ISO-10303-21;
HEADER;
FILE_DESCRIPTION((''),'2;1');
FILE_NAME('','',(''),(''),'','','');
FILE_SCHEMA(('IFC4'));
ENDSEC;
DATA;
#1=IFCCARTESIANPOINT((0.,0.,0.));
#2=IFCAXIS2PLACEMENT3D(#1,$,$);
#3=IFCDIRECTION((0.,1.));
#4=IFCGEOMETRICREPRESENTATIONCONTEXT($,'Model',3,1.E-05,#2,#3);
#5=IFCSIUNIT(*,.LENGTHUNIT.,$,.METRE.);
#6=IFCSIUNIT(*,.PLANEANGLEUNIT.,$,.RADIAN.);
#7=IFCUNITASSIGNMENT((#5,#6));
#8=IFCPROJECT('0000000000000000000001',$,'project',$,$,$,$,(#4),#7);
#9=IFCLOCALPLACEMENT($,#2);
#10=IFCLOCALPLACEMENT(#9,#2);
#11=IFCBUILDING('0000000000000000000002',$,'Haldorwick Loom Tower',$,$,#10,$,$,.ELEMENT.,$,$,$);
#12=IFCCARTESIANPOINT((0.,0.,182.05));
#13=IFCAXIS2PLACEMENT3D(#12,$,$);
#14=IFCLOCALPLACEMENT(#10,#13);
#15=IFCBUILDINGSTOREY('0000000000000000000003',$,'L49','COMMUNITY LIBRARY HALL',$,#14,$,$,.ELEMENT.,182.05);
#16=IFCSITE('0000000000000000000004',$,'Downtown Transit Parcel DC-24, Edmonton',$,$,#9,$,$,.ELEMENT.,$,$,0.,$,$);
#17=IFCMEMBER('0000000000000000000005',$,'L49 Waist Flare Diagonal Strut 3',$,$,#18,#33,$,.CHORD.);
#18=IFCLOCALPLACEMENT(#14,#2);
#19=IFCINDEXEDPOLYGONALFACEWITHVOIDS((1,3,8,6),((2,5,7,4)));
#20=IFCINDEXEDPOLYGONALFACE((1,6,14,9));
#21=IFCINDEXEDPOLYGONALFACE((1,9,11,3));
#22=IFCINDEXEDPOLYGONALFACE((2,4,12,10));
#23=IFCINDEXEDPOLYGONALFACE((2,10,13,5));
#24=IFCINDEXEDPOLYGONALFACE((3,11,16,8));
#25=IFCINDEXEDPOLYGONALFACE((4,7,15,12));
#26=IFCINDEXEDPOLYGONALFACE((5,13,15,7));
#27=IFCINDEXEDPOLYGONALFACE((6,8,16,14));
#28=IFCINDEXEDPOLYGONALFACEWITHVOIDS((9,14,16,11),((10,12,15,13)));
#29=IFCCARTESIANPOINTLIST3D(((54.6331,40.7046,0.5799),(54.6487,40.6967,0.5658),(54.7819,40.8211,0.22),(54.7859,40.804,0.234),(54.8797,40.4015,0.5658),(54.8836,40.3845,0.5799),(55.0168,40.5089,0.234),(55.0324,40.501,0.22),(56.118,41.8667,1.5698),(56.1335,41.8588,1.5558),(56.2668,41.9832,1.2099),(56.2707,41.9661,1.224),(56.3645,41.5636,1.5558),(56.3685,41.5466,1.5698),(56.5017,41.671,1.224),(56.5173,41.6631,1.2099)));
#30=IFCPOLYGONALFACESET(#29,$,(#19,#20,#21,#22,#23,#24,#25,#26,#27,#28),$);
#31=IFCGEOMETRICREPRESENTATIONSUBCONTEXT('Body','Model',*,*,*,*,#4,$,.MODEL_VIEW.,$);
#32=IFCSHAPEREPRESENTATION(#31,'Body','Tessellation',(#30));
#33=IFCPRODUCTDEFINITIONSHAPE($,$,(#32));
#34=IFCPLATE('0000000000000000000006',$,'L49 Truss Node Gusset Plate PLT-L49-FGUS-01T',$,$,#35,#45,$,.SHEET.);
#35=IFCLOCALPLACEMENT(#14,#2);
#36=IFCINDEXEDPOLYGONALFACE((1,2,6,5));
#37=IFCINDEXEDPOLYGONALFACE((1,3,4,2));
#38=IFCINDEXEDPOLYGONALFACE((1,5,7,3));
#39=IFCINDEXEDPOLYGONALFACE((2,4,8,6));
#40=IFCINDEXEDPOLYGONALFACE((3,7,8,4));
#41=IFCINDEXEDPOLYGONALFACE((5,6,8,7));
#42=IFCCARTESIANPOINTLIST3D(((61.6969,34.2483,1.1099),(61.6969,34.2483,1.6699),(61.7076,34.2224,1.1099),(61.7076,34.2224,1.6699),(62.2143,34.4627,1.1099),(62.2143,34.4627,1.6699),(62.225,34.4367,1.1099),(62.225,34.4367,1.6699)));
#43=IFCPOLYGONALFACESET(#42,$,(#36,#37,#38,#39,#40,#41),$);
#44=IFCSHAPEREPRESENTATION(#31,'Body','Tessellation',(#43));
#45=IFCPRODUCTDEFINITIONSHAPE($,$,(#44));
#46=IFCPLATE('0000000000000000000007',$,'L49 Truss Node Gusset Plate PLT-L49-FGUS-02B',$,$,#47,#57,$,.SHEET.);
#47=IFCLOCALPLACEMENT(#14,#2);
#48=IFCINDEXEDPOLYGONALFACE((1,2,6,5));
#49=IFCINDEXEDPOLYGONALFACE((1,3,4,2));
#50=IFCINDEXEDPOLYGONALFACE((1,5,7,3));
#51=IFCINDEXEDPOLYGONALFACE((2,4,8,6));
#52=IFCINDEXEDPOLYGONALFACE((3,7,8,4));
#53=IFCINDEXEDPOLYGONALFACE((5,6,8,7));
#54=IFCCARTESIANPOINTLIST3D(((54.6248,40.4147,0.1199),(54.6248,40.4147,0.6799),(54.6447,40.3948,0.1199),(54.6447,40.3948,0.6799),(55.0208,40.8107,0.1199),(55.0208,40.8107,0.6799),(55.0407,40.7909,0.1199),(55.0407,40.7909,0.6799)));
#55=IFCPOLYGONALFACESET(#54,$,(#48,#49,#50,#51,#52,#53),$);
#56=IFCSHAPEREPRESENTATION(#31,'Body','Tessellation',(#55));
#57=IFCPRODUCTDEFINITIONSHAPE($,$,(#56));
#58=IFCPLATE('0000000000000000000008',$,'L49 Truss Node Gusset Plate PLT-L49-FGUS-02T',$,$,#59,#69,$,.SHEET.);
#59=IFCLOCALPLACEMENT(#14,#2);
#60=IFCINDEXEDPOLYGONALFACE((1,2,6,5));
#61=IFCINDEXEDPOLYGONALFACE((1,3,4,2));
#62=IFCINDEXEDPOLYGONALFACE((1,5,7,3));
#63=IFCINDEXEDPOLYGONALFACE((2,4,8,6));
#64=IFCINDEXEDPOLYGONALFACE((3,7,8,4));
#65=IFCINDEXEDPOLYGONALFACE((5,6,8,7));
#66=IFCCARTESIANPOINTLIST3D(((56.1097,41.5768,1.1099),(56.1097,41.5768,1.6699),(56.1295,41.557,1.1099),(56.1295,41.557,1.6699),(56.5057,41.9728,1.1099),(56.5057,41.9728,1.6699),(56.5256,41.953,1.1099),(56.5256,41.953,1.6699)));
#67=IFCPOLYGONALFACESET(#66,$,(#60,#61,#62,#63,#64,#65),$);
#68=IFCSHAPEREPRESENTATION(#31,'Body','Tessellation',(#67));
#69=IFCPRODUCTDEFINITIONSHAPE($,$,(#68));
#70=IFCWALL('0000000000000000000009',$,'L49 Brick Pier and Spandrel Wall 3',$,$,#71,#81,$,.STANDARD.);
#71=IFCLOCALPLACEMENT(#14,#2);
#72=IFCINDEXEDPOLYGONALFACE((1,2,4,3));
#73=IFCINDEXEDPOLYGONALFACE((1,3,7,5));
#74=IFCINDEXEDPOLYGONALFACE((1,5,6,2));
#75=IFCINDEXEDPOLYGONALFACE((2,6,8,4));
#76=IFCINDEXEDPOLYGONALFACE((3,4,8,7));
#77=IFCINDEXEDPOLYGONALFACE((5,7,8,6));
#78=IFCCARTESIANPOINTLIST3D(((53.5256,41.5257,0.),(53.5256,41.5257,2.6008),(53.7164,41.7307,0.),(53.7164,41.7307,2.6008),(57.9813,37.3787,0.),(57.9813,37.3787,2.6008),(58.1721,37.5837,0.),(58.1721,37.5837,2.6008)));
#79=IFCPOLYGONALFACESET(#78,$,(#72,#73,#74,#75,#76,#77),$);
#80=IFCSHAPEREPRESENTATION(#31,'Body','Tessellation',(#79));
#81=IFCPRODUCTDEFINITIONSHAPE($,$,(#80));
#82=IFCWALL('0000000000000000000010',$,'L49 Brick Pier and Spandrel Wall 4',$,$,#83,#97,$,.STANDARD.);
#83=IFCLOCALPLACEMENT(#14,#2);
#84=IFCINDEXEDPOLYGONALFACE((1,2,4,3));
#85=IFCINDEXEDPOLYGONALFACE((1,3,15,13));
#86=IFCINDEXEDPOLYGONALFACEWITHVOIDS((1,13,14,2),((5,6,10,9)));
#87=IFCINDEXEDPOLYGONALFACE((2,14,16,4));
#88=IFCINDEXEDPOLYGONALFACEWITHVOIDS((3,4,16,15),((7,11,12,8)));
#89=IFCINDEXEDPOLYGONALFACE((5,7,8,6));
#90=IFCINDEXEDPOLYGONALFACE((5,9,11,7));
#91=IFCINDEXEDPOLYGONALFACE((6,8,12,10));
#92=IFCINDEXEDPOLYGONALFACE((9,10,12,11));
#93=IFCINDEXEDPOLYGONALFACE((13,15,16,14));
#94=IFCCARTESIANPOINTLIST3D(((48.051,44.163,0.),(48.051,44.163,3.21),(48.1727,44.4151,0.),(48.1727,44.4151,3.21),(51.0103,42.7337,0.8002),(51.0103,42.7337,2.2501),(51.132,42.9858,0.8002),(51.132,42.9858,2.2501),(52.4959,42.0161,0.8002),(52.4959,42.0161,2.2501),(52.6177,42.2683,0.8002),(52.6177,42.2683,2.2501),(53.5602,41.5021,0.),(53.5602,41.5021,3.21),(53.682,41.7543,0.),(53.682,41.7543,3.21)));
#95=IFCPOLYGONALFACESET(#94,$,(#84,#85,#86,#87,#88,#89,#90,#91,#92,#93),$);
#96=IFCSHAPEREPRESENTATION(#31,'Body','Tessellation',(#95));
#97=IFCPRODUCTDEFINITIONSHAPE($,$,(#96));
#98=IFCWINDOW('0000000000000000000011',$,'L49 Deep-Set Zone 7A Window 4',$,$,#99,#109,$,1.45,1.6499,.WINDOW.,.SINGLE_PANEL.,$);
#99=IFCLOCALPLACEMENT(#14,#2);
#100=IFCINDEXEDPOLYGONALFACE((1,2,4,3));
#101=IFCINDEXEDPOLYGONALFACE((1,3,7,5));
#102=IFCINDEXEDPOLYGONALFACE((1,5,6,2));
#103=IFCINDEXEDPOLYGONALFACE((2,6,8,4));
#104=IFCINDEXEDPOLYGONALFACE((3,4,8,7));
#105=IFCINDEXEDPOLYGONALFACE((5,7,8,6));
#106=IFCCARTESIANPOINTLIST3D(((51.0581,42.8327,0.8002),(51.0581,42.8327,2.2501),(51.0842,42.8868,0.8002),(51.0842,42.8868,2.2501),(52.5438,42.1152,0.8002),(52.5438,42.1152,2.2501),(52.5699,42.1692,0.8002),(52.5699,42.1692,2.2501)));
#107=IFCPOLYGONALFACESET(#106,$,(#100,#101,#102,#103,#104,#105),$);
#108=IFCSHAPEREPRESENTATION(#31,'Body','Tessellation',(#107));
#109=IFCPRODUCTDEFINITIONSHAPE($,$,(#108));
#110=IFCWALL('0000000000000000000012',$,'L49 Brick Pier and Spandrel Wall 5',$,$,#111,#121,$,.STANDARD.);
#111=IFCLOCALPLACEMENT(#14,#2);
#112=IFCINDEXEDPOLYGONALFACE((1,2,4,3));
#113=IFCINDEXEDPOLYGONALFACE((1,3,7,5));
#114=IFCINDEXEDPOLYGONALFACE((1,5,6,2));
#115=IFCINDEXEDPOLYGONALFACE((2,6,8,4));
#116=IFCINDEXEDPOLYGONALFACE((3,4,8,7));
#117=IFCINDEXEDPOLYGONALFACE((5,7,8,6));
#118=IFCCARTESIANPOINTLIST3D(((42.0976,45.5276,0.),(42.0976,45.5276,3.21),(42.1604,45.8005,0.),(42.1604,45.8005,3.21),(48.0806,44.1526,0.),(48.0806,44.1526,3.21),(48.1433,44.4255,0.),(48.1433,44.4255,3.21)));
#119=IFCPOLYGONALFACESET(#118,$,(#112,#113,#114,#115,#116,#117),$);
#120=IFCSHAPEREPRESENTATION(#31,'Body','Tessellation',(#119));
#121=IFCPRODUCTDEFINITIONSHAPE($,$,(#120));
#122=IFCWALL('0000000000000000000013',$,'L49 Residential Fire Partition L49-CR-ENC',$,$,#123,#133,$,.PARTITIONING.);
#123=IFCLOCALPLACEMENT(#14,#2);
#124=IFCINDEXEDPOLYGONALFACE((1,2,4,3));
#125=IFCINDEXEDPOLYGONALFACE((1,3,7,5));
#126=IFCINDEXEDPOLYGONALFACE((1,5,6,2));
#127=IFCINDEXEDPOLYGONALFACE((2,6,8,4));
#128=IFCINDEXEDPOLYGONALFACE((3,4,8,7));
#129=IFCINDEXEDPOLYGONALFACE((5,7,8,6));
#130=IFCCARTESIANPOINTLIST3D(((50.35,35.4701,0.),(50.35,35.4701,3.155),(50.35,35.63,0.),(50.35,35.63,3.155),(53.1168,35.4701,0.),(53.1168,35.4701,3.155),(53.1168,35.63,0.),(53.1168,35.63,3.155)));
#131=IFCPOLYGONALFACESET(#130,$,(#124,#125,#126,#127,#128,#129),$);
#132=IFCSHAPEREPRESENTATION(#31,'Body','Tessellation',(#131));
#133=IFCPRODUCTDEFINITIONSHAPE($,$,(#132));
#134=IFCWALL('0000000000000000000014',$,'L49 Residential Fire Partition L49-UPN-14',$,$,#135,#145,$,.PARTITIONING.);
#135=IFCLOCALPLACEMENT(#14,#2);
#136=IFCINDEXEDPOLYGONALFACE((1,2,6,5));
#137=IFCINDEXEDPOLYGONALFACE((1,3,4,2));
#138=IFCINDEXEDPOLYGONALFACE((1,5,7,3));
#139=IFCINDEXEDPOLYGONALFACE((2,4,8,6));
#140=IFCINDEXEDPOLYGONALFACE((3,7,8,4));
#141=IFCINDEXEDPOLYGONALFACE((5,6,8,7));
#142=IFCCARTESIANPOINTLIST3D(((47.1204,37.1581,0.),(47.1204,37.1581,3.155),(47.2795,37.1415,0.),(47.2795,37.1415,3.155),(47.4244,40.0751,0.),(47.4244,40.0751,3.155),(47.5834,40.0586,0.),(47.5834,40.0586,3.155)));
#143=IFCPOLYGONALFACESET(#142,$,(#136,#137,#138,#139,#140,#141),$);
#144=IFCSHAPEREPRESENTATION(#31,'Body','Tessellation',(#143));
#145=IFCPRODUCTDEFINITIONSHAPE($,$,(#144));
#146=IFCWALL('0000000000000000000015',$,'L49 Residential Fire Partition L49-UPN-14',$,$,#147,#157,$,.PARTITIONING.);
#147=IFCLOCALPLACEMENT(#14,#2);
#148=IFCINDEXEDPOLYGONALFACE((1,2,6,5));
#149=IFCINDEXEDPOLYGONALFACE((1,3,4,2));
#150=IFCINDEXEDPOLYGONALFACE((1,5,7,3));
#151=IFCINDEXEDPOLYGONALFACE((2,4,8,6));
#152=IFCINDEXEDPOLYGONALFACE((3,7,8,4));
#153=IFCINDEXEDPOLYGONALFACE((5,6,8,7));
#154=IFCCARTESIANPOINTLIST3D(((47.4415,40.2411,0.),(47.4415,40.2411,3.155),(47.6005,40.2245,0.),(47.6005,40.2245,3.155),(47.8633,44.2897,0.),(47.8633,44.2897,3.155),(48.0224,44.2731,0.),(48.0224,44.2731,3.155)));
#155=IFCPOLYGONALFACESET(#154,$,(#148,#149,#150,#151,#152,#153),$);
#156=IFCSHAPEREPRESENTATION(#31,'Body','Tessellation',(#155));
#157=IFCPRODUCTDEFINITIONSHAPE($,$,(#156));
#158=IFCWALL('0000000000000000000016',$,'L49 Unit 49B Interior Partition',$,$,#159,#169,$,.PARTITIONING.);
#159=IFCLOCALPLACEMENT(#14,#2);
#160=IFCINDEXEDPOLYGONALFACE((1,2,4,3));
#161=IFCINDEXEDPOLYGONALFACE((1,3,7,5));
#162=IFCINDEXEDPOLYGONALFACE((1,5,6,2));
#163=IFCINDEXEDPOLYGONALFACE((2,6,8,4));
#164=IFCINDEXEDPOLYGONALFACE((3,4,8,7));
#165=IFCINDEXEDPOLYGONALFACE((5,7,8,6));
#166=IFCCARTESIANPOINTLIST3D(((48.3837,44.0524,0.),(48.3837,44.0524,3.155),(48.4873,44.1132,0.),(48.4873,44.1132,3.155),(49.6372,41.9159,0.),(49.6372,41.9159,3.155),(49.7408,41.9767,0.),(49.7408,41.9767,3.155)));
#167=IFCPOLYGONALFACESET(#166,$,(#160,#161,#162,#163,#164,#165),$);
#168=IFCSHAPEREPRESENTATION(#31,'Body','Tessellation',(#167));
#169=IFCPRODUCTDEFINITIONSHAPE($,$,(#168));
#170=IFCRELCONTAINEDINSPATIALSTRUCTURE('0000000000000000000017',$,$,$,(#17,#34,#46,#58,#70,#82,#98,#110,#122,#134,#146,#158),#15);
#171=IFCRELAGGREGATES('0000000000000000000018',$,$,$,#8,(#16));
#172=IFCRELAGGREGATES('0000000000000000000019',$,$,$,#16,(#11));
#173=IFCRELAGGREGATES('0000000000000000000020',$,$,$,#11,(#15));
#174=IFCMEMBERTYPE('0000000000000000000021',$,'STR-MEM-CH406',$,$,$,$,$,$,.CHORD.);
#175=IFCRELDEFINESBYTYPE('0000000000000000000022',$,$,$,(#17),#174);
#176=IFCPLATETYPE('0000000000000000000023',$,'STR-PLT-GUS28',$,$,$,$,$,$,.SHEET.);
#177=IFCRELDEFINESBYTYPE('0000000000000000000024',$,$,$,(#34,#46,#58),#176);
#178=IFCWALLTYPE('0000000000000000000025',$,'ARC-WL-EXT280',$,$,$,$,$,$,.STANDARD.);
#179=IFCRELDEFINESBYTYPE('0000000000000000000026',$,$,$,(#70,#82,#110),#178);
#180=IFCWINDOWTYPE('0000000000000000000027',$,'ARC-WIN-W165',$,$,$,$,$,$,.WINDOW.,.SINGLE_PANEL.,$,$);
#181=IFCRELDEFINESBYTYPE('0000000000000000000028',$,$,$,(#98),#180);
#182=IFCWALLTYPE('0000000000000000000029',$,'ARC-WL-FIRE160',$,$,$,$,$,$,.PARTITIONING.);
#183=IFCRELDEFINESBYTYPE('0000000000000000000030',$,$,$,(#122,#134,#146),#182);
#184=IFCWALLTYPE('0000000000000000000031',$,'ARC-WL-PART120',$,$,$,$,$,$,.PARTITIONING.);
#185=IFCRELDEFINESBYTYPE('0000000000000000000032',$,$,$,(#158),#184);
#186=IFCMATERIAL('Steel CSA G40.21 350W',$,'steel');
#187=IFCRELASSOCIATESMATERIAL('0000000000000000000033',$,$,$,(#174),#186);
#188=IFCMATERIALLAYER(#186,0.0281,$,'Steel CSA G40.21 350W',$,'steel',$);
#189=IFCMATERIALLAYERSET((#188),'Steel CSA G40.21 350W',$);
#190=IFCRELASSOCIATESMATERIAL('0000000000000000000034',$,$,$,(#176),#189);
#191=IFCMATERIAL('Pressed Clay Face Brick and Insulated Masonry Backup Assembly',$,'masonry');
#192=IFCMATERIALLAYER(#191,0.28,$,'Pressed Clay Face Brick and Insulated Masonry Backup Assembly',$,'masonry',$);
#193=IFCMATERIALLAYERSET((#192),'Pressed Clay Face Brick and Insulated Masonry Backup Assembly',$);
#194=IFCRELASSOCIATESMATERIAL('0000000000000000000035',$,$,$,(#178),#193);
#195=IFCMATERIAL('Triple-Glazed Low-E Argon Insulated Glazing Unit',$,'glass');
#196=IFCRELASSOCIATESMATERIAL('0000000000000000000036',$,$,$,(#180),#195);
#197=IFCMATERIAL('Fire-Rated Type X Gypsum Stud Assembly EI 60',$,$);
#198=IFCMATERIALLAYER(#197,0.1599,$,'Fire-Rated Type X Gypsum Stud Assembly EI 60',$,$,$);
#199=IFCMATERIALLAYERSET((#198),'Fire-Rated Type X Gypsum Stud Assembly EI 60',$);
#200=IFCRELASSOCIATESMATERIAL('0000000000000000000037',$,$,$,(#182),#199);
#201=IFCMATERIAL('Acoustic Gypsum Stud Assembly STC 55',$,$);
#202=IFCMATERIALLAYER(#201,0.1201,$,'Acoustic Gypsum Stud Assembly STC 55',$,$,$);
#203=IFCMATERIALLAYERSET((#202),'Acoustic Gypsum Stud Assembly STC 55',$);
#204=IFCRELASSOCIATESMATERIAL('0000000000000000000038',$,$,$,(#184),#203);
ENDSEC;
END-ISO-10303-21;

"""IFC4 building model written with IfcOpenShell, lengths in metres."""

from ifc_helpers import new_model, si_unit, direction, frame, frame_2d, origin, origin_2d, place, context, subcontext, project, spatial, rectangle, hollow_rectangle, extrude, material, layer, layer_set, material_profile, profile_set, type_object, element, fill, save


model = new_model("IFC4")

# Units and contexts
model_context = context("Model", 3, precision=1e-05, world=origin(), true_north=direction((0.0, 1.0)))
body_context = subcontext(model_context, "Body", "Model", "MODEL_VIEW")
ifc_project = project(units=[si_unit("LENGTHUNIT", "METRE"), si_unit("PLANEANGLEUNIT", "RADIAN")], contexts=[model_context])

# Site, building, storey
site_placement = place(None, origin())
site = spatial("IfcSite", under=ifc_project, at=site_placement, Name="Downtown Transit Parcel DC-24, Edmonton", CompositionType="ELEMENT", RefElevation=0.0)
building_placement = place(site_placement, origin())
building = spatial("IfcBuilding", under=site, at=building_placement, Name="Haldorwick Loom Tower", CompositionType="ELEMENT")
storey_placement = place(building_placement, frame((0.0, 0.0, 182.05)))
storey = spatial("IfcBuildingStorey", under=building, at=storey_placement, Name="L49", Description="COMMUNITY LIBRARY HALL", CompositionType="ELEMENT", Elevation=182.05)

# Shared definitions
ifc_material_1 = material(Name="Steel CSA G40.21 350W", Category="steel")

# Member
ifc_material_profile_1 = material_profile(ifc_material_1, hollow_rectangle(XDim=0.4065, YDim=0.4065, WallThickness=0.0159, at=origin_2d()), Name="HSS406X406X16", Category="steel")
ifc_profile_set_1 = profile_set([ifc_material_profile_1], Name="Steel CSA G40.21 350W")
member_type = type_object("IfcMemberType", Name="STR-MEM-CH406", PredefinedType="CHORD", material=ifc_profile_set_1)
member_placement = place(storey_placement, frame((54.8328, 40.6028, 0.3999), z_axis=(0.697234, 0.545682, 0.464861), x_axis=(-0.616322, 0.787494, 0.0)))
element("IfcMember", 1, at=member_placement, inside=storey, type_object=member_type, Name="L49 Waist Flare Diagonal Strut 3", PredefinedType="CHORD", context=body_context, shape_type="SweptSolid", body=[
    extrude(hollow_rectangle(XDim=0.4065, YDim=0.4065, WallThickness=0.0159, at=origin_2d()), origin(), (0.0, 0.0, 1.0), 2.1296),
])

# Plates
ifc_layer_1 = layer(ifc_material_1, 0.0281, Name="Steel CSA G40.21 350W", Category="steel")
ifc_layer_set_1 = layer_set([ifc_layer_1], Name="Steel CSA G40.21 350W")
plate_type = type_object("IfcPlateType", Name="STR-PLT-GUS28", PredefinedType="SHEET", material=ifc_layer_set_1)
for number, where, z_axis, x_axis, name in (
    (2, (61.9609, 34.3425, 1.1099), (0.0, 0.0, 1.0), (0.92388, 0.382683, 0.0), "L49 Truss Node Gusset Plate PLT-L49-FGUS-01T"),
    (3, (54.8328, 40.6028, 0.1199), (0.0, 0.0, 1.0), (0.707107, 0.707107, 0.0), "L49 Truss Node Gusset Plate PLT-L49-FGUS-02B"),
    (4, (56.3176, 41.7649, 1.1099), (0.0, 0.0, 1.0), (0.707107, 0.707107, 0.0), "L49 Truss Node Gusset Plate PLT-L49-FGUS-02T"),
):
    element("IfcPlate", number, at=place(storey_placement, frame(where, z_axis=z_axis, x_axis=x_axis)), inside=storey, type_object=plate_type, Name=name, PredefinedType="SHEET", context=body_context, shape_type="SweptSolid", body=[
        extrude(rectangle(XDim=0.5601, YDim=0.0281, at=origin_2d()), origin(), (0.0, 0.0, 1.0), 0.5601),
    ])

# Wall
ifc_material_2 = material(Name="Pressed Clay Face Brick and Insulated Masonry Backup Assembly", Category="masonry")
ifc_layer_2 = layer(ifc_material_2, 0.28, Name="Pressed Clay Face Brick and Insulated Masonry Backup Assembly", Category="masonry")
ifc_layer_set_2 = layer_set([ifc_layer_2], Name="Pressed Clay Face Brick and Insulated Masonry Backup Assembly")
wall_type_1 = type_object("IfcWallType", Name="ARC-WL-EXT280", PredefinedType="STANDARD", material=ifc_layer_set_2)
wall_1_placement = place(storey_placement, frame((58.0767, 37.4812, 0.0), z_axis=(0.0, 0.0, 1.0), x_axis=(-0.732002, 0.681303, 0.0)))
element("IfcWall", 5, at=wall_1_placement, inside=storey, type_object=wall_type_1, Name="L49 Brick Pier and Spandrel Wall 3", PredefinedType="STANDARD", context=body_context, shape_type="SweptSolid", body=[
    extrude(rectangle(XDim=6.0869, YDim=0.28, at=frame_2d((3.0435, 0.0))), origin(), (0.0, 0.0, 1.0), 2.6008),
])

# Wall, opening, window
wall_2_placement = place(storey_placement, frame((53.6211, 41.6282, 0.0), z_axis=(0.0, 0.0, 1.0), x_axis=(-0.900472, 0.434913, 0.0)))
wall_2 = element("IfcWall", 6, at=wall_2_placement, inside=storey, type_object=wall_type_1, Name="L49 Brick Pier and Spandrel Wall 4", PredefinedType="STANDARD", context=body_context, shape_type="SweptSolid", body=[
    extrude(rectangle(XDim=6.1182, YDim=0.28, at=frame_2d((3.0591, 0.0))), origin(), (0.0, 0.0, 1.0), 3.21),
])
opening_1_placement = place(wall_2_placement, frame((1.1819, 0.0, 0.8)))
opening_1 = element("IfcOpeningElement", 7, at=opening_1_placement, cuts=wall_2, PredefinedType="OPENING", context=body_context, shape_type="SweptSolid", body=[
    extrude(rectangle(XDim=1.6499, YDim=1.45, at=frame_2d((0.825, 0.7251))), frame((0.0, 0.1499, 0.0), z_axis=(0.0, -1.0, 0.0), x_axis=(1.0, 0.0, 0.0)), (0.0, 0.0, 1.0), 0.3),
])
ifc_material_3 = material(Name="Triple-Glazed Low-E Argon Insulated Glazing Unit", Category="glass")
window_type = type_object("IfcWindowType", Name="ARC-WIN-W165", PartitioningType="SINGLE_PANEL", PredefinedType="WINDOW", material=ifc_material_3)
window_placement = place(opening_1_placement, origin())
window = element("IfcWindow", 8, at=window_placement, inside=storey, type_object=window_type, Name="L49 Deep-Set Zone 7A Window 4", OverallHeight=1.45, OverallWidth=1.6499, PartitioningType="SINGLE_PANEL", PredefinedType="WINDOW", context=body_context, shape_type="SweptSolid", body=[
    extrude(rectangle(XDim=1.6499, YDim=1.45, at=frame_2d((0.825, 0.7251))), frame((0.0, 0.03, 0.0), z_axis=(0.0, -1.0, 0.0), x_axis=(1.0, 0.0, 0.0)), (0.0, 0.0, 1.0), 0.0601),
])
fill(opening_1, window)

# Walls
wall_3_placement = place(storey_placement, frame((48.1118, 44.2891, 0.0), z_axis=(0.0, 0.0, 1.0), x_axis=(-0.974593, 0.223982, 0.0)))
element("IfcWall", 9, at=wall_3_placement, inside=storey, type_object=wall_type_1, Name="L49 Brick Pier and Spandrel Wall 5", PredefinedType="STANDARD", context=body_context, shape_type="SweptSolid", body=[
    extrude(rectangle(XDim=6.1389, YDim=0.28, at=frame_2d((3.0693, 0.0))), origin(), (0.0, 0.0, 1.0), 3.21),
])
ifc_material_4 = material(Name="Fire-Rated Type X Gypsum Stud Assembly EI 60")
ifc_layer_3 = layer(ifc_material_4, 0.1599, Name="Fire-Rated Type X Gypsum Stud Assembly EI 60")
ifc_layer_set_3 = layer_set([ifc_layer_3], Name="Fire-Rated Type X Gypsum Stud Assembly EI 60")
wall_type_2 = type_object("IfcWallType", Name="ARC-WL-FIRE160", PredefinedType="PARTITIONING", material=ifc_layer_set_3)
wall_4_placement = place(storey_placement, frame((50.3501, 35.55, 0.0), z_axis=(0.0, 0.0, 1.0), x_axis=(1.0, 0.0, 0.0)))
element("IfcWall", 10, at=wall_4_placement, inside=storey, type_object=wall_type_2, Name="L49 Residential Fire Partition L49-CR-ENC", PredefinedType="PARTITIONING", context=body_context, shape_type="SweptSolid", body=[
    extrude(rectangle(XDim=2.7668, YDim=0.1599, at=frame_2d((1.3833, 0.0))), origin(), (0.0, 0.0, 1.0), 3.155),
])
wall_5_placement = place(storey_placement, frame((47.2, 37.1499, 0.0), z_axis=(0.0, 0.0, 1.0), x_axis=(0.10364, 0.994615, 0.0)))
element("IfcWall", 11, at=wall_5_placement, inside=storey, type_object=wall_type_2, Name="L49 Residential Fire Partition L49-UPN-14", PredefinedType="PARTITIONING", context=body_context, shape_type="SweptSolid", body=[
    extrude(rectangle(XDim=2.9329, YDim=0.1599, at=frame_2d((1.4663, 0.0))), origin(), (0.0, 0.0, 1.0), 3.155),
])
wall_6_placement = place(storey_placement, frame((47.521, 40.2329, 0.0), z_axis=(0.0, 0.0, 1.0), x_axis=(0.103642, 0.994615, 0.0)))
element("IfcWall", 12, at=wall_6_placement, inside=storey, type_object=wall_type_2, Name="L49 Residential Fire Partition L49-UPN-14", PredefinedType="PARTITIONING", context=body_context, shape_type="SweptSolid", body=[
    extrude(rectangle(XDim=4.0706, YDim=0.1599, at=frame_2d((2.0352, 0.0))), origin(), (0.0, 0.0, 1.0), 3.155),
])
ifc_material_5 = material(Name="Acoustic Gypsum Stud Assembly STC 55")
ifc_layer_4 = layer(ifc_material_5, 0.1201, Name="Acoustic Gypsum Stud Assembly STC 55")
ifc_layer_set_4 = layer_set([ifc_layer_4], Name="Acoustic Gypsum Stud Assembly STC 55")
wall_type_3 = type_object("IfcWallType", Name="ARC-WL-PART120", PredefinedType="PARTITIONING", material=ifc_layer_set_4)
wall_7_placement = place(storey_placement, frame((49.689, 41.9463, 0.0), z_axis=(0.0, 0.0, 1.0), x_axis=(-0.50602, 0.862521, 0.0)))
element("IfcWall", 13, at=wall_7_placement, inside=storey, type_object=wall_type_3, Name="L49 Unit 49B Interior Partition", PredefinedType="PARTITIONING", context=body_context, shape_type="SweptSolid", body=[
    extrude(rectangle(XDim=2.4771, YDim=0.1201, at=frame_2d((1.2385, 0.0))), origin(), (0.0, 0.0, 1.0), 3.155),
])

save(model, "model.ifc")
